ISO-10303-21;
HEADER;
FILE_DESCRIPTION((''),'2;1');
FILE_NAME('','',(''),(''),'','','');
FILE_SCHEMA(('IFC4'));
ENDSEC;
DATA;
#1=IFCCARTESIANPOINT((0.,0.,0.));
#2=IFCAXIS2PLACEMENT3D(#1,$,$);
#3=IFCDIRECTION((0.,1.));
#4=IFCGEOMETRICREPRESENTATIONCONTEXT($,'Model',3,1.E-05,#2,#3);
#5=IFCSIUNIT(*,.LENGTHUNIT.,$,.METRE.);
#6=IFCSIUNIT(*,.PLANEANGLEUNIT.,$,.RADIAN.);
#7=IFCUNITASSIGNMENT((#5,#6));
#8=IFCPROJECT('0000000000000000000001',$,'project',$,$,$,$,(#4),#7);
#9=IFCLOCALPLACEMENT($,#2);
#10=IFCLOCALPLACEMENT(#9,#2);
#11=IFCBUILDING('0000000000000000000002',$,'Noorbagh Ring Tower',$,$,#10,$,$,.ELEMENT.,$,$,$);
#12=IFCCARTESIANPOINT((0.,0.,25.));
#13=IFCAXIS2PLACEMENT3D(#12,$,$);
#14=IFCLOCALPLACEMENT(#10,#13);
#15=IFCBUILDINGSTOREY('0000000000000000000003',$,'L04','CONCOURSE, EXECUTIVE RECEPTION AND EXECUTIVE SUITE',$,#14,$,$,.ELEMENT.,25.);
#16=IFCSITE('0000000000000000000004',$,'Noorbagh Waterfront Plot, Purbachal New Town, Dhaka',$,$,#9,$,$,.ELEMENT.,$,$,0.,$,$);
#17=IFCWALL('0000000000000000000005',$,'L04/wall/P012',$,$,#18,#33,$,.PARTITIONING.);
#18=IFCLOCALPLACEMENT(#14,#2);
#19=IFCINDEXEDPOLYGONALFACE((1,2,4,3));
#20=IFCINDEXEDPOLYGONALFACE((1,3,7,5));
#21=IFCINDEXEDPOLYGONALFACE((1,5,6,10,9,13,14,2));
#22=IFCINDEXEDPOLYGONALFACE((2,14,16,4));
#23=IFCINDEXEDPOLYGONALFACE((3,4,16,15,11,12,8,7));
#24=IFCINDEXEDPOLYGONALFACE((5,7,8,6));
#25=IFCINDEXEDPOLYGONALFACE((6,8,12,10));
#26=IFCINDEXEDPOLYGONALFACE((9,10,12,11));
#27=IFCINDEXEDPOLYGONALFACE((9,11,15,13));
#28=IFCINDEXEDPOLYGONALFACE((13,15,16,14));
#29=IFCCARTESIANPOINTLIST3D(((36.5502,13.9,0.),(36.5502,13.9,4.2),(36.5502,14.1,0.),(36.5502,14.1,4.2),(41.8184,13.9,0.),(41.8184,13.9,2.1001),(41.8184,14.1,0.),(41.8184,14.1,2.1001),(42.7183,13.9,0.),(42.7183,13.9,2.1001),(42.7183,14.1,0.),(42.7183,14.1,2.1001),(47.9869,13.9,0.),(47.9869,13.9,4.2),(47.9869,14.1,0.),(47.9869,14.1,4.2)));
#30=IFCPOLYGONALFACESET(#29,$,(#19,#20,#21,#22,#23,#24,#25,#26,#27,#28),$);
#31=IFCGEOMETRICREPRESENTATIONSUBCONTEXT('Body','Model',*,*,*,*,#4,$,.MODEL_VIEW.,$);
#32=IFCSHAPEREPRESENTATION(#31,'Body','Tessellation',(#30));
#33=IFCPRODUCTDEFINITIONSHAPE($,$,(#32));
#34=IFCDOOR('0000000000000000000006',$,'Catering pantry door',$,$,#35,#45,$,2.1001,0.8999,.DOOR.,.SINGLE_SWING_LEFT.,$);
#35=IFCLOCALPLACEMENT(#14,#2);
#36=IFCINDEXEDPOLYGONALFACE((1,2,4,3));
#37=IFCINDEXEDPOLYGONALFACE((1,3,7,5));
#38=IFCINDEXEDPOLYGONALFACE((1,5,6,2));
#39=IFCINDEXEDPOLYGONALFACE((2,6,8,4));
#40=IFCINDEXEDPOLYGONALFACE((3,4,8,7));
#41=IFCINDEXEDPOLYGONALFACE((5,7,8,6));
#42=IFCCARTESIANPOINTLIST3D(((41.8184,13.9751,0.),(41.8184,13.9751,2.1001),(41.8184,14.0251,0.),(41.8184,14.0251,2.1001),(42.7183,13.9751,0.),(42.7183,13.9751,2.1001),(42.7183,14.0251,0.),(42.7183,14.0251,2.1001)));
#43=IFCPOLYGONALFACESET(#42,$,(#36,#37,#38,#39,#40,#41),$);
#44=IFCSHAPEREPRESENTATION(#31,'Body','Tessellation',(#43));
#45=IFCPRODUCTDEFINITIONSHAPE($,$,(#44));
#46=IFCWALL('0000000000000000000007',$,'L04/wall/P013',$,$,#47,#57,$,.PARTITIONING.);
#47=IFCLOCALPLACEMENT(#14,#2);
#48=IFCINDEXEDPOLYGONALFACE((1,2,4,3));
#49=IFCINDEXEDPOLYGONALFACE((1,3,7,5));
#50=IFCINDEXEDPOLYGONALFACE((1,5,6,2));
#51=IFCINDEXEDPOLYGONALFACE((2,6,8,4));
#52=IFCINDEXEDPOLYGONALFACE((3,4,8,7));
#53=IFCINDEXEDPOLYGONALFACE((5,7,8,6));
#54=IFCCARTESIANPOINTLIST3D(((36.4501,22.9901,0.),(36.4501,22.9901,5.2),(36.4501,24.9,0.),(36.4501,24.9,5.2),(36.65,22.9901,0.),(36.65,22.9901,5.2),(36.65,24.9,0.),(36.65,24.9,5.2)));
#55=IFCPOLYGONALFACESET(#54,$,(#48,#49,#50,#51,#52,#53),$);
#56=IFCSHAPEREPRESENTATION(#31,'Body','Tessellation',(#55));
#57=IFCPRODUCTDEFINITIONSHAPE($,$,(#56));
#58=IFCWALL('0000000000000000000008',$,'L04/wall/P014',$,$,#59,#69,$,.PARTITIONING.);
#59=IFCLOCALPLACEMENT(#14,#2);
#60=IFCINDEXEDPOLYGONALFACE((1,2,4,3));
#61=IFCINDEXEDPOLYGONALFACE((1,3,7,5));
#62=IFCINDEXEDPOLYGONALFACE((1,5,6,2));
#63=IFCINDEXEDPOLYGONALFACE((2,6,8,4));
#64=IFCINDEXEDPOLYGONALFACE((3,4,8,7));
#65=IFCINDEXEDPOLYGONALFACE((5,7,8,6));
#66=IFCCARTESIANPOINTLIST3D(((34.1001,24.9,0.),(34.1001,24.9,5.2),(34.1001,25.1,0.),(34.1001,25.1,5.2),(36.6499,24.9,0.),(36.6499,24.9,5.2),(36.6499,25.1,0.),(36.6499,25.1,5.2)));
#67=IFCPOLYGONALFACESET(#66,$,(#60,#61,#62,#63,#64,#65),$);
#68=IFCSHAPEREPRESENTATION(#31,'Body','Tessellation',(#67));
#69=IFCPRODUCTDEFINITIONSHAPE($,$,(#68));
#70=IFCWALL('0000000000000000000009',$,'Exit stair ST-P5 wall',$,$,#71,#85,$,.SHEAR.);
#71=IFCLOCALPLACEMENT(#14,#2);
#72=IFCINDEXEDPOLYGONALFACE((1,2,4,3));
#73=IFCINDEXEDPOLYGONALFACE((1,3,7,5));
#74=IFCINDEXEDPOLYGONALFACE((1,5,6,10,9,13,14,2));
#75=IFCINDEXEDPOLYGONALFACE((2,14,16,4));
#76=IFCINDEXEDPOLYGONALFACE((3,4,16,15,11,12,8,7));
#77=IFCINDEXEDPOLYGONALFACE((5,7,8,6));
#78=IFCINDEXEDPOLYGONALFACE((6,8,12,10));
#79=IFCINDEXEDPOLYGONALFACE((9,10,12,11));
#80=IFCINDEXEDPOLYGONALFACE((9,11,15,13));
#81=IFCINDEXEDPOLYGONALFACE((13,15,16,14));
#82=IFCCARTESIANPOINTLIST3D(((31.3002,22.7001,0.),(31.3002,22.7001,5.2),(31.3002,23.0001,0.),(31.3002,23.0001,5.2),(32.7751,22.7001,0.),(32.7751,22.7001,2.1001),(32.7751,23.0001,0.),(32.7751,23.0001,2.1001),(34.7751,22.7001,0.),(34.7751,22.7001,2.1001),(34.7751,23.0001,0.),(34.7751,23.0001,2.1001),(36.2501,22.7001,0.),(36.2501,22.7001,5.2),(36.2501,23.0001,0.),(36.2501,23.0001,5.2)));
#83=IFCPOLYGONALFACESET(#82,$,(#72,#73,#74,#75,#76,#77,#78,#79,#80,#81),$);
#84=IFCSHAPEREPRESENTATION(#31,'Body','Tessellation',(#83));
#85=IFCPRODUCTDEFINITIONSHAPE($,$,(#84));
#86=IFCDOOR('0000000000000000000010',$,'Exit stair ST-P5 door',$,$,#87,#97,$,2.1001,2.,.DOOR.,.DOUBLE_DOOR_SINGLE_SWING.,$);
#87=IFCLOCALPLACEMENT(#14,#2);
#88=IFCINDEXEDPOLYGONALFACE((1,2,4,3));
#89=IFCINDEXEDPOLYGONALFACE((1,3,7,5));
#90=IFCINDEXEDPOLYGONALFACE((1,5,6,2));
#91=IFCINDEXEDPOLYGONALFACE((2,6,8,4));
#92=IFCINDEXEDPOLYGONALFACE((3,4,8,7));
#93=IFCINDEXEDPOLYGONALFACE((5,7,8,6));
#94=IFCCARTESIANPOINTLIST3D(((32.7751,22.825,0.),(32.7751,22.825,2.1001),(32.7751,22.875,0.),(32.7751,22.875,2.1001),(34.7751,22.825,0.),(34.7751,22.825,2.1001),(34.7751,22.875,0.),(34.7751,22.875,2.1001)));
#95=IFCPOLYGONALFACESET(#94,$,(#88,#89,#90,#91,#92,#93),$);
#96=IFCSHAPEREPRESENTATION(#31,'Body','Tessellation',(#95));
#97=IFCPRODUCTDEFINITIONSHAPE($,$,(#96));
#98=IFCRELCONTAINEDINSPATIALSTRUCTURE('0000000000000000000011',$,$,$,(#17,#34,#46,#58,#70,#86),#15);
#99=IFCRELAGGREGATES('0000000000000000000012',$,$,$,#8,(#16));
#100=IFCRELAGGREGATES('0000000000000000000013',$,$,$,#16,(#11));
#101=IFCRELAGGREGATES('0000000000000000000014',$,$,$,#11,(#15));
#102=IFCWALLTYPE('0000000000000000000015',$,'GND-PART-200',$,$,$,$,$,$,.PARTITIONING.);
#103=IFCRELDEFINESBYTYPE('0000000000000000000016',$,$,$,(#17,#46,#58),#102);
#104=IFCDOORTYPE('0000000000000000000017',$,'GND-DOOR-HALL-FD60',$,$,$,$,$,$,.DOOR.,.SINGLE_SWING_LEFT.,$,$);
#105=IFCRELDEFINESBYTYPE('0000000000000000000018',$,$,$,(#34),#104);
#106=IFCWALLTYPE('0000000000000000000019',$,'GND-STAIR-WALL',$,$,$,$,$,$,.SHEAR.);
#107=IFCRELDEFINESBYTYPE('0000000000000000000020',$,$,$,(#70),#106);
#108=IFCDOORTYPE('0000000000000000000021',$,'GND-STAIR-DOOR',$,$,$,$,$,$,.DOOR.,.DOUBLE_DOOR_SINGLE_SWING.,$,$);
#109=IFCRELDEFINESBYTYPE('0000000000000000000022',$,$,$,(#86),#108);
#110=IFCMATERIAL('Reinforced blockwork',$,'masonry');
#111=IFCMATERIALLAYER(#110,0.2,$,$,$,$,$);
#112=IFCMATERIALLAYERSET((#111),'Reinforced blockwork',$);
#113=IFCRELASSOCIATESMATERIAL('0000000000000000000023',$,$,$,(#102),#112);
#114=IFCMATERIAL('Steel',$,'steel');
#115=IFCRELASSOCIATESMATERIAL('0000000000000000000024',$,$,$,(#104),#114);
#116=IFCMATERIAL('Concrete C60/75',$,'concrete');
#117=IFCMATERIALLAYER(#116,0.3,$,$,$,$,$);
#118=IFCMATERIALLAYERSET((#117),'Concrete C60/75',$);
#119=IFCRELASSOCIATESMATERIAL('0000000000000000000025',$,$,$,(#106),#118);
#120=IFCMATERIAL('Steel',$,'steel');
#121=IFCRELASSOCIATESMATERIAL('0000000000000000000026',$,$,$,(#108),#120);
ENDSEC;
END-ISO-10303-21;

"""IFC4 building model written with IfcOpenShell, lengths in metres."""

from ifc_helpers import new_model, si_unit, direction, frame, frame_2d, origin, place, context, subcontext, project, spatial, rectangle, extrude, material, layer, layer_set, type_object, element, fill, save


model = new_model("IFC4")

# Units and contexts
model_context = context("Model", 3, precision=1e-05, world=origin(), true_north=direction((0.0, 1.0)))
body_context = subcontext(model_context, "Body", "Model", "MODEL_VIEW")
ifc_project = project(units=[si_unit("LENGTHUNIT", "METRE"), si_unit("PLANEANGLEUNIT", "RADIAN")], contexts=[model_context])

# Site, building, storey
site_placement = place(None, origin())
site = spatial("IfcSite", under=ifc_project, at=site_placement, Name="Noorbagh Waterfront Plot, Purbachal New Town, Dhaka", CompositionType="ELEMENT", RefElevation=0.0)
building_placement = place(site_placement, origin())
building = spatial("IfcBuilding", under=site, at=building_placement, Name="Noorbagh Ring Tower", CompositionType="ELEMENT")
storey_placement = place(building_placement, frame((0.0, 0.0, 25.0)))
storey = spatial("IfcBuildingStorey", under=building, at=storey_placement, Name="L04", Description="CONCOURSE, EXECUTIVE RECEPTION AND EXECUTIVE SUITE", CompositionType="ELEMENT", Elevation=25.0)

# Shared definitions
ifc_material_1 = material(Name="Reinforced blockwork", Category="masonry")
ifc_layer_1 = layer(ifc_material_1, 0.2)
ifc_layer_set_1 = layer_set([ifc_layer_1], Name="Reinforced blockwork")
wall_type_1 = type_object("IfcWallType", Name="GND-PART-200", PredefinedType="PARTITIONING", material=ifc_layer_set_1)

# Wall, opening, door
wall_1_placement = place(storey_placement, frame((47.9868, 14.0, 0.0), z_axis=(0.0, 0.0, 1.0), x_axis=(-1.0, 0.0, 0.0)))
wall_1 = element("IfcWall", 1, at=wall_1_placement, inside=storey, type_object=wall_type_1, Name="L04/wall/P012", PredefinedType="PARTITIONING", context=body_context, shape_type="SweptSolid", body=[
    extrude(rectangle(XDim=11.4368, YDim=0.2, at=frame_2d((5.7183, 0.0))), origin(), (0.0, 0.0, 1.0), 4.2),
])
opening_1_placement = place(wall_1_placement, frame((5.2686, 0.0, 0.0)))
opening_1 = element("IfcOpeningElement", 2, at=opening_1_placement, cuts=wall_1, PredefinedType="OPENING", context=body_context, shape_type="SweptSolid", body=[
    extrude(rectangle(XDim=0.8999, YDim=2.1001, at=frame_2d((0.45, 1.05))), frame((0.0, 0.1099, 0.0), z_axis=(0.0, -1.0, 0.0), x_axis=(1.0, 0.0, 0.0)), (0.0, 0.0, 1.0), 0.22),
])
ifc_material_2 = material(Name="Steel", Category="steel")
door_type_1 = type_object("IfcDoorType", Name="GND-DOOR-HALL-FD60", OperationType="SINGLE_SWING_LEFT", PredefinedType="DOOR", material=ifc_material_2)
door_1_placement = place(opening_1_placement, origin())
door_1 = element("IfcDoor", 3, at=door_1_placement, inside=storey, type_object=door_type_1, Name="Catering pantry door", OperationType="SINGLE_SWING_LEFT", OverallHeight=2.1001, OverallWidth=0.8999, PredefinedType="DOOR", context=body_context, shape_type="SweptSolid", body=[
    extrude(rectangle(XDim=0.8999, YDim=2.1001, at=frame_2d((0.45, 1.05))), frame((0.0, 0.0249, 0.0), z_axis=(0.0, -1.0, 0.0), x_axis=(1.0, 0.0, 0.0)), (0.0, 0.0, 1.0), 0.05),
])
fill(opening_1, door_1)

# Walls
wall_2_placement = place(storey_placement, frame((36.55, 22.99, 0.0), z_axis=(0.0, 0.0, 1.0), x_axis=(0.0, 1.0, 0.0)))
element("IfcWall", 4, at=wall_2_placement, inside=storey, type_object=wall_type_1, Name="L04/wall/P013", PredefinedType="PARTITIONING", context=body_context, shape_type="SweptSolid", body=[
    extrude(rectangle(XDim=1.9099, YDim=0.2, at=frame_2d((0.9551, 0.0))), origin(), (0.0, 0.0, 1.0), 5.2),
])
wall_3_placement = place(storey_placement, frame((36.6499, 25.0, 0.0), z_axis=(0.0, 0.0, 1.0), x_axis=(-1.0, 0.0, 0.0)))
element("IfcWall", 5, at=wall_3_placement, inside=storey, type_object=wall_type_1, Name="L04/wall/P014", PredefinedType="PARTITIONING", context=body_context, shape_type="SweptSolid", body=[
    extrude(rectangle(XDim=2.5498, YDim=0.2, at=frame_2d((1.2749, 0.0))), origin(), (0.0, 0.0, 1.0), 5.2),
])

# Wall, opening, door
ifc_material_3 = material(Name="Concrete C60/75", Category="concrete")
ifc_layer_2 = layer(ifc_material_3, 0.3)
ifc_layer_set_2 = layer_set([ifc_layer_2], Name="Concrete C60/75")
wall_type_2 = type_object("IfcWallType", Name="GND-STAIR-WALL", PredefinedType="SHEAR", material=ifc_layer_set_2)
wall_4_placement = place(storey_placement, frame((31.3, 22.8501, 0.0), z_axis=(0.0, 0.0, 1.0), x_axis=(1.0, 0.0, 0.0)))
wall_4 = element("IfcWall", 6, at=wall_4_placement, inside=storey, type_object=wall_type_2, Name="Exit stair ST-P5 wall", PredefinedType="SHEAR", context=body_context, shape_type="SweptSolid", body=[
    extrude(rectangle(XDim=4.95, YDim=0.3, at=frame_2d((2.4751, 0.0))), origin(), (0.0, 0.0, 1.0), 5.2),
])
opening_2_placement = place(wall_4_placement, frame((1.4751, 0.0, 0.0)))
opening_2 = element("IfcOpeningElement", 7, at=opening_2_placement, cuts=wall_4, PredefinedType="OPENING", context=body_context, shape_type="SweptSolid", body=[
    extrude(rectangle(XDim=2.0, YDim=2.1001, at=frame_2d((1.0, 1.05))), frame((0.0, 0.1602, 0.0), z_axis=(0.0, -1.0, 0.0), x_axis=(1.0, 0.0, 0.0)), (0.0, 0.0, 1.0), 0.3201),
])
ifc_material_4 = material(Name="Steel", Category="steel")
door_type_2 = type_object("IfcDoorType", Name="GND-STAIR-DOOR", OperationType="DOUBLE_DOOR_SINGLE_SWING", PredefinedType="DOOR", material=ifc_material_4)
door_2_placement = place(opening_2_placement, origin())
door_2 = element("IfcDoor", 8, at=door_2_placement, inside=storey, type_object=door_type_2, Name="Exit stair ST-P5 door", OperationType="DOUBLE_DOOR_SINGLE_SWING", OverallHeight=2.1001, OverallWidth=2.0, PredefinedType="DOOR", context=body_context, shape_type="SweptSolid", body=[
    extrude(rectangle(XDim=2.0, YDim=2.1001, at=frame_2d((1.0, 1.05))), frame((0.0, 0.0249, 0.0), z_axis=(0.0, -1.0, 0.0), x_axis=(1.0, 0.0, 0.0)), (0.0, 0.0, 1.0), 0.05),
])
fill(opening_2, door_2)

save(model, "model.ifc")
